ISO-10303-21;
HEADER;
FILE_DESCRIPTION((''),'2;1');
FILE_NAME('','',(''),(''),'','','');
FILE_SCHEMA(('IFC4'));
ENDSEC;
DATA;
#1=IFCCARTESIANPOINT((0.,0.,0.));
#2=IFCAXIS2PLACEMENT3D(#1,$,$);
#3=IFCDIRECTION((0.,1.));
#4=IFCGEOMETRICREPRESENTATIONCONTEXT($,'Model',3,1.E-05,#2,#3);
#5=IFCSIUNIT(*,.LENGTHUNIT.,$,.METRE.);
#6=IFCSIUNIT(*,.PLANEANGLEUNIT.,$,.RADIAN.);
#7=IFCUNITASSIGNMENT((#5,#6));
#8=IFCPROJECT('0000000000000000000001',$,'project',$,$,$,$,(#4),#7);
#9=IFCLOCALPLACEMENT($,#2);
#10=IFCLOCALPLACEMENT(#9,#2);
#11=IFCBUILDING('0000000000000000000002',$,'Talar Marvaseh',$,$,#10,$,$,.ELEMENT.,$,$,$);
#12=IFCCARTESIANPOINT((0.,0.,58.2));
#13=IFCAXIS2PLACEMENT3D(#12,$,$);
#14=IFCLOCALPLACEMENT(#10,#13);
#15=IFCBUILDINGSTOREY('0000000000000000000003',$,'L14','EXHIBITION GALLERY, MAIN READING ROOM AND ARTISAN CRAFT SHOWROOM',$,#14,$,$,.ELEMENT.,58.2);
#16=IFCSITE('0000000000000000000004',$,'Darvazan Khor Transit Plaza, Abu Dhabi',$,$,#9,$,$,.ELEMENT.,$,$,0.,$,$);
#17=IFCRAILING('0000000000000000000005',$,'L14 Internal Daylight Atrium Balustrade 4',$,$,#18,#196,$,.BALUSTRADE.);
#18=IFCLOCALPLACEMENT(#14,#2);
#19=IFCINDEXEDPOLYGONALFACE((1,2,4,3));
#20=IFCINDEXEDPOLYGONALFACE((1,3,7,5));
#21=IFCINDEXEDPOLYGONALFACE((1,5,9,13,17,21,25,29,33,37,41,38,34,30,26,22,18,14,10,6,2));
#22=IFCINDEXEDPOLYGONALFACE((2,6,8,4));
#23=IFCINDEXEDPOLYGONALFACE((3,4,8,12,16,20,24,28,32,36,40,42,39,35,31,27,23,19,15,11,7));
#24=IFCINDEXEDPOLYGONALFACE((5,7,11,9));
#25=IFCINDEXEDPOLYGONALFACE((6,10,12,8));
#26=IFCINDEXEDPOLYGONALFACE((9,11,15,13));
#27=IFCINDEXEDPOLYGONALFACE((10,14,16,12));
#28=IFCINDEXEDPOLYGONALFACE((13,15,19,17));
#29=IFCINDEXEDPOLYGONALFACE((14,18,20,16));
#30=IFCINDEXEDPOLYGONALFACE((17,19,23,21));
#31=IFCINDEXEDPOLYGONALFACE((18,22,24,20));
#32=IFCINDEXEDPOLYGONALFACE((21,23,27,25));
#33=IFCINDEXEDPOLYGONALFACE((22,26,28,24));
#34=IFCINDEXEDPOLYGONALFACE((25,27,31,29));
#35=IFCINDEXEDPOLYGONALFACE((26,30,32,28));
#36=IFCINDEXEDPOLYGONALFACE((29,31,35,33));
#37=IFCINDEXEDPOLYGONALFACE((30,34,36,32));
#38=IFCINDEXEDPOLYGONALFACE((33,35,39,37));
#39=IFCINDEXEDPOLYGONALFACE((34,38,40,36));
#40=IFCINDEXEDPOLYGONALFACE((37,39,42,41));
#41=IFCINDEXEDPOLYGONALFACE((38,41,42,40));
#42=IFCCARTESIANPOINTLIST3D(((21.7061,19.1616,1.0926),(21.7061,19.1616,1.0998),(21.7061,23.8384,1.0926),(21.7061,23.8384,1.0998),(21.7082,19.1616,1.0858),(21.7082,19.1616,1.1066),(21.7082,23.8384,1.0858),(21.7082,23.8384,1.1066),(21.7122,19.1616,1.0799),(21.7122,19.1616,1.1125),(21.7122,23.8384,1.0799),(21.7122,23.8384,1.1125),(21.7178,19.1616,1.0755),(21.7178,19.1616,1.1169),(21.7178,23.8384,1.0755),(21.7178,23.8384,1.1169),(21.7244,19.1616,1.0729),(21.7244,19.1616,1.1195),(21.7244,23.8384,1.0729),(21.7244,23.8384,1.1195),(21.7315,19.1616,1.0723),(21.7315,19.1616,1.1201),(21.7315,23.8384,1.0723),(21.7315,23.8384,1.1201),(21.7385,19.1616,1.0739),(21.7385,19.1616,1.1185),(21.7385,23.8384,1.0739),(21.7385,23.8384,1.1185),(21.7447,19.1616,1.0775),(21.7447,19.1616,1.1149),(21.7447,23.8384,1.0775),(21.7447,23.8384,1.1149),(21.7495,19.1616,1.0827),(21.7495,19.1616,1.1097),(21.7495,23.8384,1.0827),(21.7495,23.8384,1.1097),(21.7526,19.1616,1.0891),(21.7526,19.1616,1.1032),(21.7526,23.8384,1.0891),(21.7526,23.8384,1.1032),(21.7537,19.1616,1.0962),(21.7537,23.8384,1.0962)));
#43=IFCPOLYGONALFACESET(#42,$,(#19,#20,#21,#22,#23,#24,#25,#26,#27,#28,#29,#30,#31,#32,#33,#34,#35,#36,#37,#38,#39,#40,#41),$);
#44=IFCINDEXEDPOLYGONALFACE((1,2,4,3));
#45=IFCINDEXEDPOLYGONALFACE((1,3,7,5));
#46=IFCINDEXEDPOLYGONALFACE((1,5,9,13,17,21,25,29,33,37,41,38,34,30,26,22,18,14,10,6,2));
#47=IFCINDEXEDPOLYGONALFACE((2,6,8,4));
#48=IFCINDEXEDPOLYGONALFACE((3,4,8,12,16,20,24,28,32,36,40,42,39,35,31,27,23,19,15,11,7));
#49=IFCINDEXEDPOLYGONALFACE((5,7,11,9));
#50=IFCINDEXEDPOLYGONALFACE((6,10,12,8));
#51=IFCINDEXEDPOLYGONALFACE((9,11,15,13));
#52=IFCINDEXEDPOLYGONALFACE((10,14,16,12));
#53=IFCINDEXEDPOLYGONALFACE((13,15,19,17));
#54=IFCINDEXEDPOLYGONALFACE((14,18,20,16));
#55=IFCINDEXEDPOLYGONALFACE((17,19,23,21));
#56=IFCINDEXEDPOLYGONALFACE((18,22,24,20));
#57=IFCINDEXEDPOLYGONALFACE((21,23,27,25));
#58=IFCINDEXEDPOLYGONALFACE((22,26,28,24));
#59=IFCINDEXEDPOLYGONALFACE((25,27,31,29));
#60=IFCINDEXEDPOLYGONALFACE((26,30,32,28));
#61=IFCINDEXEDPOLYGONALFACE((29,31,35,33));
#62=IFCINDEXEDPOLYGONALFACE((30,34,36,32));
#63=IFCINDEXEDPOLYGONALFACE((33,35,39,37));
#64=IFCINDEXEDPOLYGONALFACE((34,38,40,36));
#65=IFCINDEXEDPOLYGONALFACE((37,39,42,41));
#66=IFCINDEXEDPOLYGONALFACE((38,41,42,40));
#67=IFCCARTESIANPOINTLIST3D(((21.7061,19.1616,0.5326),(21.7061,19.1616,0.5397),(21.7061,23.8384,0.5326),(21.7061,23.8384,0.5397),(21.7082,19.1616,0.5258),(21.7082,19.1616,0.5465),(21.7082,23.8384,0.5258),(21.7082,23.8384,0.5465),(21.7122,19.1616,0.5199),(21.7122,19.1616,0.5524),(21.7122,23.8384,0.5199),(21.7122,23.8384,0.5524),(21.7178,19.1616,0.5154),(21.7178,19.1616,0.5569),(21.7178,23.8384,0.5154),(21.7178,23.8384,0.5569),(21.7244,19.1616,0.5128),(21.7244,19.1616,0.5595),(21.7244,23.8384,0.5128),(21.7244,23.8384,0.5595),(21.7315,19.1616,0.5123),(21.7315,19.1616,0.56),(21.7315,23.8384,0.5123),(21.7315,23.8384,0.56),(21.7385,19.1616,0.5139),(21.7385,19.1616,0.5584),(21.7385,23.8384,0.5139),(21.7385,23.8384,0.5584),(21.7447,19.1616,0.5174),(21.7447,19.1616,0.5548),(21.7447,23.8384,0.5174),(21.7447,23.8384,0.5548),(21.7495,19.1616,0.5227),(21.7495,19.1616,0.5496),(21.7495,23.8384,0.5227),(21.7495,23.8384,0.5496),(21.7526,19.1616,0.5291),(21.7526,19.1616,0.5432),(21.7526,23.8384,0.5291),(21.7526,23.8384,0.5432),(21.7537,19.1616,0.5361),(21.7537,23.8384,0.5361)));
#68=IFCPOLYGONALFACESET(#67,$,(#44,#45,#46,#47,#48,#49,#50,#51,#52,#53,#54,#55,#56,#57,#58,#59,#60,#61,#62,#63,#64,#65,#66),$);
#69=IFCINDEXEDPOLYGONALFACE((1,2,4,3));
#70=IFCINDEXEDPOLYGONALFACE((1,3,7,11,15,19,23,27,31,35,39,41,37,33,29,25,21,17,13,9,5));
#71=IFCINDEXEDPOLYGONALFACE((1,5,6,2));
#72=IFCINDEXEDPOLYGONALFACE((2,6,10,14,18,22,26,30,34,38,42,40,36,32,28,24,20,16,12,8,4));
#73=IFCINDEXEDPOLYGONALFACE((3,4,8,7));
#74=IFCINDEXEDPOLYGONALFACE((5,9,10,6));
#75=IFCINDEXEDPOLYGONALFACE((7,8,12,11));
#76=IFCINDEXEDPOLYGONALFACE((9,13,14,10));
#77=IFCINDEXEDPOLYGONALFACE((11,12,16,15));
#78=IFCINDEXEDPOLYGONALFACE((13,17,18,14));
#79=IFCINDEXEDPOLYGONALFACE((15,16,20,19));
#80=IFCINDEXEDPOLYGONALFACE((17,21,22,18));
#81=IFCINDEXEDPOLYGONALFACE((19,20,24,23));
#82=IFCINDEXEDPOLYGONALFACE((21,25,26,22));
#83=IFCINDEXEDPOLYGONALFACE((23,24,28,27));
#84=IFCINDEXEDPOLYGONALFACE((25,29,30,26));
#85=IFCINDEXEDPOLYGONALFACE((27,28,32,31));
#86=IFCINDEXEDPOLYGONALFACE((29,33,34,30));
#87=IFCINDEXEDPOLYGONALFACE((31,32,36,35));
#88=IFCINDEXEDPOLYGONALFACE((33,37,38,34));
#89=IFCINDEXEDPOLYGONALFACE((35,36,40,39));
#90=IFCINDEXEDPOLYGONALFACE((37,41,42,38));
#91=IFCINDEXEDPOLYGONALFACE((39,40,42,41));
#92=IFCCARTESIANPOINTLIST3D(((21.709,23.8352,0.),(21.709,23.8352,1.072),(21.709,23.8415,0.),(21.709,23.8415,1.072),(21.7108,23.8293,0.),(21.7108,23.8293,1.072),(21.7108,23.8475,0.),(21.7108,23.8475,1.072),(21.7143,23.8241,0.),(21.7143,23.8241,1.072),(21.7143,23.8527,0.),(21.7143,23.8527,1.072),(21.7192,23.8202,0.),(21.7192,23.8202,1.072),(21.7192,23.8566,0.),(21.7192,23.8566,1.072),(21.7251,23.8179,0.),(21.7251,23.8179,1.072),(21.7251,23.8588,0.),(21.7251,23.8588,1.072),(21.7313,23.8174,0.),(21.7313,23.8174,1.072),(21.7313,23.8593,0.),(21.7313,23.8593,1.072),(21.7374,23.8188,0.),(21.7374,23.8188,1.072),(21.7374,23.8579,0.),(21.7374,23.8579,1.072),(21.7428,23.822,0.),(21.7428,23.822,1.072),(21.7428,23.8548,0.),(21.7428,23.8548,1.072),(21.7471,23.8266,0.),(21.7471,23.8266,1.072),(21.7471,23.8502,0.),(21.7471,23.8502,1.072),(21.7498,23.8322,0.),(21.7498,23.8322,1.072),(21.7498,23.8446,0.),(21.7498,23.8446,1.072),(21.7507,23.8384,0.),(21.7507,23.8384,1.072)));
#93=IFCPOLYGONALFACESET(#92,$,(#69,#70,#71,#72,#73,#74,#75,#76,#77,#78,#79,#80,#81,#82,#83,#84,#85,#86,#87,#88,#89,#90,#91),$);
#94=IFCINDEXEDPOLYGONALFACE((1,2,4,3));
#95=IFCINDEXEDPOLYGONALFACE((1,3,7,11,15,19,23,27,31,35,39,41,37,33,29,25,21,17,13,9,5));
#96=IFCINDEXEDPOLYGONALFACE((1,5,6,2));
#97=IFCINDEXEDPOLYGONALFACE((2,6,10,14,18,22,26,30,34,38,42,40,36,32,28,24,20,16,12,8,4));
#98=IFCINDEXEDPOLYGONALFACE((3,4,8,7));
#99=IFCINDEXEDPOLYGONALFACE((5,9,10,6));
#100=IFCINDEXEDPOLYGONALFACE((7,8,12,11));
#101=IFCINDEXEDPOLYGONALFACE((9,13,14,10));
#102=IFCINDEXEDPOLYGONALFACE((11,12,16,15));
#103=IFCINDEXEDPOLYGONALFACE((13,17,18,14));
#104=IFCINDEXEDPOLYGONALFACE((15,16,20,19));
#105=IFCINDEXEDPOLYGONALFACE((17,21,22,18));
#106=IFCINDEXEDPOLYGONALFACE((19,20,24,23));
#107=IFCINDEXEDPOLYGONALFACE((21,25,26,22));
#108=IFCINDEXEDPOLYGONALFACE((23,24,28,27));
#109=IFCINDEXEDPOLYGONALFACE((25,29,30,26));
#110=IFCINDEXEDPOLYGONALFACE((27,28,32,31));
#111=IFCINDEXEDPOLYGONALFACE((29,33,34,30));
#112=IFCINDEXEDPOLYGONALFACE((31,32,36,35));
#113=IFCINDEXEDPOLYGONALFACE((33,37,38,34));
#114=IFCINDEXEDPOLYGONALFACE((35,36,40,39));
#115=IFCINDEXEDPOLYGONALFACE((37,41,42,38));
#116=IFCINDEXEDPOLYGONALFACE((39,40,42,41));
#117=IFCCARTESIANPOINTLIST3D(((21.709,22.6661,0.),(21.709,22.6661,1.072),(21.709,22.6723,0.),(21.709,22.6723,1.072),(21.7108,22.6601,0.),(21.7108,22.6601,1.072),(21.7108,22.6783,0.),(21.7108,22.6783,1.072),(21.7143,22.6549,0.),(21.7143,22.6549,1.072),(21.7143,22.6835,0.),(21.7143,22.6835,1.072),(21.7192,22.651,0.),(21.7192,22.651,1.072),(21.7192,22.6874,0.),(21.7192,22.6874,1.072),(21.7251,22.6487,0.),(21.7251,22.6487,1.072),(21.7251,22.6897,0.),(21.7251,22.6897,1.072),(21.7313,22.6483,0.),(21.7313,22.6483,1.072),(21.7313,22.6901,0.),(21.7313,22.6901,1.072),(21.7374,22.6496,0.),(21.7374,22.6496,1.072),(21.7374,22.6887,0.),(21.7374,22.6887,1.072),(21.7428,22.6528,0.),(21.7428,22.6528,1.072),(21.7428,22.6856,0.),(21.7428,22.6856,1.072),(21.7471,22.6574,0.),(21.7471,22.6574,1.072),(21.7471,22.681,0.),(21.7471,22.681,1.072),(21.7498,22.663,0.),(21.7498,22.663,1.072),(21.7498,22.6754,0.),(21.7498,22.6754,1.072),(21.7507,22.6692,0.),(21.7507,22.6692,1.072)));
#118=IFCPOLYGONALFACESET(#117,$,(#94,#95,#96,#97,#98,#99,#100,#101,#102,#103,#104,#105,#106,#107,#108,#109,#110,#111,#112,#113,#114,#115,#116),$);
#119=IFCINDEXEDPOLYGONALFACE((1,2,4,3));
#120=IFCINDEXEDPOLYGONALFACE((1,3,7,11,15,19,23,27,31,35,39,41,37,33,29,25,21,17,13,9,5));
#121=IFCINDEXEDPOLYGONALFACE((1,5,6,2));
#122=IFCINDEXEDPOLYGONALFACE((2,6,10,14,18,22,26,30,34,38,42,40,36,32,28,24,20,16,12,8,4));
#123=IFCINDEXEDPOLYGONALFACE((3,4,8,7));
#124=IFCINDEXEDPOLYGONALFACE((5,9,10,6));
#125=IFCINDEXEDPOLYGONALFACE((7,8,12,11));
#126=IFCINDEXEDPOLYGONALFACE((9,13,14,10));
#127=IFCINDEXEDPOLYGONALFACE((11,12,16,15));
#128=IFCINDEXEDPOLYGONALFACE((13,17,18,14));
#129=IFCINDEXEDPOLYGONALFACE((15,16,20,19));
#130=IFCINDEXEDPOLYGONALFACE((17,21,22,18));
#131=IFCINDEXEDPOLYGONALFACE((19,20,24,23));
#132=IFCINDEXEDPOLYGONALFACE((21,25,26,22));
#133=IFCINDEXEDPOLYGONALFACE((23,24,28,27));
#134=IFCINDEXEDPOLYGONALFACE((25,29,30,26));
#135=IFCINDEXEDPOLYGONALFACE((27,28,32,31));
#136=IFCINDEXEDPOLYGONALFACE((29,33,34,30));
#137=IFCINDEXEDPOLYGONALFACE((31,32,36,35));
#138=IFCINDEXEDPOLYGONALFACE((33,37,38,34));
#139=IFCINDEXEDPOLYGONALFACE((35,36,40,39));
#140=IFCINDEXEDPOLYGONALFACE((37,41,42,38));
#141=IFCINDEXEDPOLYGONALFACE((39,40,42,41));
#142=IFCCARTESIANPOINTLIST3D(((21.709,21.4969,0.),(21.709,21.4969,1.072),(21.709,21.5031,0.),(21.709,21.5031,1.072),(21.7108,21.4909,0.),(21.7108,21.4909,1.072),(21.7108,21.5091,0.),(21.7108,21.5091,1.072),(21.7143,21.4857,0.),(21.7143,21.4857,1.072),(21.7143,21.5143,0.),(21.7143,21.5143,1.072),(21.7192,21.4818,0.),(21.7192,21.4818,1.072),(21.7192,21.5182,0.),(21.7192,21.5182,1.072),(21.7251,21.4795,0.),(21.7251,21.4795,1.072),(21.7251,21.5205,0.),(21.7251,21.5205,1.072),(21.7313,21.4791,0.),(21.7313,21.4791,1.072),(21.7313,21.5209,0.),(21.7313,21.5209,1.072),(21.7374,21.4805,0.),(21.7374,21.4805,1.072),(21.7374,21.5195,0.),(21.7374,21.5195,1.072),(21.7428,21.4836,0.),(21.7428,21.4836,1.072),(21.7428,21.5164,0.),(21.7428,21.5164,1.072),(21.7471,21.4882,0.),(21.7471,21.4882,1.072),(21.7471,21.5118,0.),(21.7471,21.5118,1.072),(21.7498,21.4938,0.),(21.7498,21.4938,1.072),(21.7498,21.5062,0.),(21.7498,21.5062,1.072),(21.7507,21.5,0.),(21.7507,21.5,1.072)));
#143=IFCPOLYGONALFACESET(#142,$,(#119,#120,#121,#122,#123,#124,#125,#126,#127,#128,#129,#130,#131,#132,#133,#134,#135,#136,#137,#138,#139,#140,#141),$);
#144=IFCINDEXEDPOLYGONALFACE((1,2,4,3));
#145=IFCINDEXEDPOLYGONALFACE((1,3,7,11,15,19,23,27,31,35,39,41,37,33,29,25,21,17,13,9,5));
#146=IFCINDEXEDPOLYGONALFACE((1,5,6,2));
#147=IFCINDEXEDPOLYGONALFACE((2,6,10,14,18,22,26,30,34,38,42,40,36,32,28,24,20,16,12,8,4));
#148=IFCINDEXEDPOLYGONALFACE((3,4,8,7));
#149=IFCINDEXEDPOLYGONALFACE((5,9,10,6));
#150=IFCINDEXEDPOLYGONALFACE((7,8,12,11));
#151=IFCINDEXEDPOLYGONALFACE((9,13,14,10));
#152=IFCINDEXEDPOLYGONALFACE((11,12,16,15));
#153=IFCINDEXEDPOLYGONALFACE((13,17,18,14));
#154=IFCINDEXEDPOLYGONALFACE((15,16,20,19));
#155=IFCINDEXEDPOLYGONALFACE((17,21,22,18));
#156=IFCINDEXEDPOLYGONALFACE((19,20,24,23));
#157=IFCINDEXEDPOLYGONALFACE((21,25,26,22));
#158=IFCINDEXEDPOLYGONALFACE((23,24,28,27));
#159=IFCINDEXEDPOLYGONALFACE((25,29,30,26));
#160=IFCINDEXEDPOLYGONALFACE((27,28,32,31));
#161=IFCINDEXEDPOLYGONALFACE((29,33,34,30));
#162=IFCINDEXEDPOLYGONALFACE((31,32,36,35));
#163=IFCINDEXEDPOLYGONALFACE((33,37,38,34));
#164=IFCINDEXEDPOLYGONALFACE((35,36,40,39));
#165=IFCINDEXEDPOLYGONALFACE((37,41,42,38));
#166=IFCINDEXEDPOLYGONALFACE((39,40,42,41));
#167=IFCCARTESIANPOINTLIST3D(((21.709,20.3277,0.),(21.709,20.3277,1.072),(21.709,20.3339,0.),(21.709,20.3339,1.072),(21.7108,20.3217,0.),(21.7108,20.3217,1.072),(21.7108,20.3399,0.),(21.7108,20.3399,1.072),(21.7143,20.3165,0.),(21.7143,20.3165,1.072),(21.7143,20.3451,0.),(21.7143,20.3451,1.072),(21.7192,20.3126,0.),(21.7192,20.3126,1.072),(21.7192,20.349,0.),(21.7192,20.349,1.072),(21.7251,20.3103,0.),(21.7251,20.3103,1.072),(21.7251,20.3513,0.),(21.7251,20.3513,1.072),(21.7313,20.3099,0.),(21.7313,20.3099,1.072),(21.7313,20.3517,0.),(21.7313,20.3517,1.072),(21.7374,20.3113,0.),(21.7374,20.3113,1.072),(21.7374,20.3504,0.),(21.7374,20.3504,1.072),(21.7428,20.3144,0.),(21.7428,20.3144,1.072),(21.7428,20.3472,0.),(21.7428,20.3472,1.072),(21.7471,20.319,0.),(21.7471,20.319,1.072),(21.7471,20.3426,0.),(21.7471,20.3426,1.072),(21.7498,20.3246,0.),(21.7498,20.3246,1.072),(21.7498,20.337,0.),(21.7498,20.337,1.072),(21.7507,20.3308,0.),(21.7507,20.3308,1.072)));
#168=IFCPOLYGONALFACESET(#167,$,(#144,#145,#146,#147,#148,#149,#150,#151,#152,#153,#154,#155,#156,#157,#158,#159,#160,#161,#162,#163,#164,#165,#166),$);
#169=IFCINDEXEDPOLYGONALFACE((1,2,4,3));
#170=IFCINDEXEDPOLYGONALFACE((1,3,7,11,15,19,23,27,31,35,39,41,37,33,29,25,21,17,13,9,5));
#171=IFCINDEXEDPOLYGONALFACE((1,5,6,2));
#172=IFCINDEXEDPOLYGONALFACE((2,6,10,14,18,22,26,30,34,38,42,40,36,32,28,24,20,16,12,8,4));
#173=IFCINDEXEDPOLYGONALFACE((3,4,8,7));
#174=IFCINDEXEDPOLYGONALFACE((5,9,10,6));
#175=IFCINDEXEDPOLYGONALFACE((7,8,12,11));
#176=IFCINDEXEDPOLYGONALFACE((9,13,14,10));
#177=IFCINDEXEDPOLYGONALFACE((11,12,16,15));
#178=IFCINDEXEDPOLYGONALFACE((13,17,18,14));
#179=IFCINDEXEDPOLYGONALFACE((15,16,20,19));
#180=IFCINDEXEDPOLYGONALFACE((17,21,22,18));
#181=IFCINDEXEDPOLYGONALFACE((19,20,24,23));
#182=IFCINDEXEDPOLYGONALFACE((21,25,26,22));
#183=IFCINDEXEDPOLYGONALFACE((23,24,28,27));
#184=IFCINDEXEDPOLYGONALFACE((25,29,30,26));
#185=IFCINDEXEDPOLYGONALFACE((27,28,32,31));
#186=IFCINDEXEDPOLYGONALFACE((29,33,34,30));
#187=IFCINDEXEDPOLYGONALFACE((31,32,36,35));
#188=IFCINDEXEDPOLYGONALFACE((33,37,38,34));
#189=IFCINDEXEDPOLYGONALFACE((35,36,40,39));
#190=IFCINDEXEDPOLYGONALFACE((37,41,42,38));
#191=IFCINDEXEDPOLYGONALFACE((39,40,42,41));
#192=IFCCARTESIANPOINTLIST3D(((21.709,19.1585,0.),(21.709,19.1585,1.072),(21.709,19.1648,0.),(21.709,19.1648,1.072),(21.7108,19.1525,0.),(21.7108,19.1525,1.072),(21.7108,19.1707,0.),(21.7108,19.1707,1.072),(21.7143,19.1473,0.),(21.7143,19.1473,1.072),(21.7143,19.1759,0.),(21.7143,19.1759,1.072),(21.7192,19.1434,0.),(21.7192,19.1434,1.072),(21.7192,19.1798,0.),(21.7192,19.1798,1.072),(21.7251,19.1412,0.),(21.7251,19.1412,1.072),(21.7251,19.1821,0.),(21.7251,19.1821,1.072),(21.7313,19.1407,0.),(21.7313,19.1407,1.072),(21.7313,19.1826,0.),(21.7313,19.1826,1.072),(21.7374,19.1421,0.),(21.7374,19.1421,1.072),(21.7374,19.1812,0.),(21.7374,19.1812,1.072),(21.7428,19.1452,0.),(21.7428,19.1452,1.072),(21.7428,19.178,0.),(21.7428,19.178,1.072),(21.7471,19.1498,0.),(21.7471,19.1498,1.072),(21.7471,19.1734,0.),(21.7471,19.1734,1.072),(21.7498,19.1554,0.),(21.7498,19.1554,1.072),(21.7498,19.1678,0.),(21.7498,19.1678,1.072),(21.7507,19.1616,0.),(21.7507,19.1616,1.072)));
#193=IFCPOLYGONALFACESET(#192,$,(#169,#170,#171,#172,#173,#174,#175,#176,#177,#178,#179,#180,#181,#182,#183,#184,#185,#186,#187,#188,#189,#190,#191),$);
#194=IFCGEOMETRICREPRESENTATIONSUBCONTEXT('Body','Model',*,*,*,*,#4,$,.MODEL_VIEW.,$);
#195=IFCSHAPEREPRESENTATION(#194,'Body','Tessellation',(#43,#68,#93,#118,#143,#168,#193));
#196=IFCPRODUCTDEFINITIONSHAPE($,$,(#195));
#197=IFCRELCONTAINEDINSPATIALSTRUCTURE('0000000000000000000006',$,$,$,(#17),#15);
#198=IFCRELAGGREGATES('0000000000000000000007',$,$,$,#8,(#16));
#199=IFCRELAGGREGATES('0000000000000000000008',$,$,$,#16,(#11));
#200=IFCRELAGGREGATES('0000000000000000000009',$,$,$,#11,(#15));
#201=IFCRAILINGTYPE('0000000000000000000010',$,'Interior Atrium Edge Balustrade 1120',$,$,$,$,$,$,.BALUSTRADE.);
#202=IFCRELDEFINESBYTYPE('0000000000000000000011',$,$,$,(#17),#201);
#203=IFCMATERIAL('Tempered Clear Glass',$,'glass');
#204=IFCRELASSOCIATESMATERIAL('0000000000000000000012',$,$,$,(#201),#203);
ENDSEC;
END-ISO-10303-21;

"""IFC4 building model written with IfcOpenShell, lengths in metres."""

from ifc_helpers import new_model, si_unit, direction, frame, origin, origin_2d, place, context, subcontext, project, spatial, circle, extrude, material, type_object, element, save


model = new_model("IFC4")

# Units and contexts
model_context = context("Model", 3, precision=1e-05, world=origin(), true_north=direction((0.0, 1.0)))
body_context = subcontext(model_context, "Body", "Model", "MODEL_VIEW")
ifc_project = project(units=[si_unit("LENGTHUNIT", "METRE"), si_unit("PLANEANGLEUNIT", "RADIAN")], contexts=[model_context])

# Site, building, storey
site_placement = place(None, origin())
site = spatial("IfcSite", under=ifc_project, at=site_placement, Name="Darvazan Khor Transit Plaza, Abu Dhabi", CompositionType="ELEMENT", RefElevation=0.0)
building_placement = place(site_placement, origin())
building = spatial("IfcBuilding", under=site, at=building_placement, Name="Talar Marvaseh", CompositionType="ELEMENT")
storey_placement = place(building_placement, frame((0.0, 0.0, 58.2)))
storey = spatial("IfcBuildingStorey", under=building, at=storey_placement, Name="L14", Description="EXHIBITION GALLERY, MAIN READING ROOM AND ARTISAN CRAFT SHOWROOM", CompositionType="ELEMENT", Elevation=58.2)

# Railing
ifc_material_1 = material(Name="Tempered Clear Glass", Category="glass")
railing_type_1 = type_object("IfcRailingType", Name="Interior Atrium Edge Balustrade 1120", PredefinedType="BALUSTRADE", material=ifc_material_1)
railing_1_placement = place(storey_placement, frame((21.7297, 23.8384, 0.0)))
element("IfcRailing", 1, at=railing_1_placement, inside=storey, type_object=railing_type_1, Name="L14 Internal Daylight Atrium Balustrade 4", PredefinedType="BALUSTRADE", context=body_context, shape_type="SweptSolid", body=[
    extrude(circle(Radius=0.0239, at=origin_2d()), frame((0.0, 0.0, 1.0962), z_axis=(0.0, -1.0, 0.0), x_axis=(1.0, 0.0, 0.0)), (0.0, 0.0, 1.0), 4.6768),
    extrude(circle(Radius=0.0239, at=origin_2d()), frame((0.0, 0.0, 0.5361), z_axis=(0.0, -1.0, 0.0), x_axis=(1.0, 0.0, 0.0)), (0.0, 0.0, 1.0), 4.6768),
    extrude(circle(Radius=0.021, at=origin_2d()), origin(), (0.0, 0.0, 1.0), 1.072),
    extrude(circle(Radius=0.021, at=origin_2d()), frame((0.0, -1.1692, 0.0)), (0.0, 0.0, 1.0), 1.072),
    extrude(circle(Radius=0.021, at=origin_2d()), frame((0.0, -2.3384, 0.0)), (0.0, 0.0, 1.0), 1.072),
    extrude(circle(Radius=0.021, at=origin_2d()), frame((0.0, -3.5076, 0.0)), (0.0, 0.0, 1.0), 1.072),
    extrude(circle(Radius=0.021, at=origin_2d()), frame((0.0, -4.6768, 0.0)), (0.0, 0.0, 1.0), 1.072),
])

save(model, "model.ifc")
